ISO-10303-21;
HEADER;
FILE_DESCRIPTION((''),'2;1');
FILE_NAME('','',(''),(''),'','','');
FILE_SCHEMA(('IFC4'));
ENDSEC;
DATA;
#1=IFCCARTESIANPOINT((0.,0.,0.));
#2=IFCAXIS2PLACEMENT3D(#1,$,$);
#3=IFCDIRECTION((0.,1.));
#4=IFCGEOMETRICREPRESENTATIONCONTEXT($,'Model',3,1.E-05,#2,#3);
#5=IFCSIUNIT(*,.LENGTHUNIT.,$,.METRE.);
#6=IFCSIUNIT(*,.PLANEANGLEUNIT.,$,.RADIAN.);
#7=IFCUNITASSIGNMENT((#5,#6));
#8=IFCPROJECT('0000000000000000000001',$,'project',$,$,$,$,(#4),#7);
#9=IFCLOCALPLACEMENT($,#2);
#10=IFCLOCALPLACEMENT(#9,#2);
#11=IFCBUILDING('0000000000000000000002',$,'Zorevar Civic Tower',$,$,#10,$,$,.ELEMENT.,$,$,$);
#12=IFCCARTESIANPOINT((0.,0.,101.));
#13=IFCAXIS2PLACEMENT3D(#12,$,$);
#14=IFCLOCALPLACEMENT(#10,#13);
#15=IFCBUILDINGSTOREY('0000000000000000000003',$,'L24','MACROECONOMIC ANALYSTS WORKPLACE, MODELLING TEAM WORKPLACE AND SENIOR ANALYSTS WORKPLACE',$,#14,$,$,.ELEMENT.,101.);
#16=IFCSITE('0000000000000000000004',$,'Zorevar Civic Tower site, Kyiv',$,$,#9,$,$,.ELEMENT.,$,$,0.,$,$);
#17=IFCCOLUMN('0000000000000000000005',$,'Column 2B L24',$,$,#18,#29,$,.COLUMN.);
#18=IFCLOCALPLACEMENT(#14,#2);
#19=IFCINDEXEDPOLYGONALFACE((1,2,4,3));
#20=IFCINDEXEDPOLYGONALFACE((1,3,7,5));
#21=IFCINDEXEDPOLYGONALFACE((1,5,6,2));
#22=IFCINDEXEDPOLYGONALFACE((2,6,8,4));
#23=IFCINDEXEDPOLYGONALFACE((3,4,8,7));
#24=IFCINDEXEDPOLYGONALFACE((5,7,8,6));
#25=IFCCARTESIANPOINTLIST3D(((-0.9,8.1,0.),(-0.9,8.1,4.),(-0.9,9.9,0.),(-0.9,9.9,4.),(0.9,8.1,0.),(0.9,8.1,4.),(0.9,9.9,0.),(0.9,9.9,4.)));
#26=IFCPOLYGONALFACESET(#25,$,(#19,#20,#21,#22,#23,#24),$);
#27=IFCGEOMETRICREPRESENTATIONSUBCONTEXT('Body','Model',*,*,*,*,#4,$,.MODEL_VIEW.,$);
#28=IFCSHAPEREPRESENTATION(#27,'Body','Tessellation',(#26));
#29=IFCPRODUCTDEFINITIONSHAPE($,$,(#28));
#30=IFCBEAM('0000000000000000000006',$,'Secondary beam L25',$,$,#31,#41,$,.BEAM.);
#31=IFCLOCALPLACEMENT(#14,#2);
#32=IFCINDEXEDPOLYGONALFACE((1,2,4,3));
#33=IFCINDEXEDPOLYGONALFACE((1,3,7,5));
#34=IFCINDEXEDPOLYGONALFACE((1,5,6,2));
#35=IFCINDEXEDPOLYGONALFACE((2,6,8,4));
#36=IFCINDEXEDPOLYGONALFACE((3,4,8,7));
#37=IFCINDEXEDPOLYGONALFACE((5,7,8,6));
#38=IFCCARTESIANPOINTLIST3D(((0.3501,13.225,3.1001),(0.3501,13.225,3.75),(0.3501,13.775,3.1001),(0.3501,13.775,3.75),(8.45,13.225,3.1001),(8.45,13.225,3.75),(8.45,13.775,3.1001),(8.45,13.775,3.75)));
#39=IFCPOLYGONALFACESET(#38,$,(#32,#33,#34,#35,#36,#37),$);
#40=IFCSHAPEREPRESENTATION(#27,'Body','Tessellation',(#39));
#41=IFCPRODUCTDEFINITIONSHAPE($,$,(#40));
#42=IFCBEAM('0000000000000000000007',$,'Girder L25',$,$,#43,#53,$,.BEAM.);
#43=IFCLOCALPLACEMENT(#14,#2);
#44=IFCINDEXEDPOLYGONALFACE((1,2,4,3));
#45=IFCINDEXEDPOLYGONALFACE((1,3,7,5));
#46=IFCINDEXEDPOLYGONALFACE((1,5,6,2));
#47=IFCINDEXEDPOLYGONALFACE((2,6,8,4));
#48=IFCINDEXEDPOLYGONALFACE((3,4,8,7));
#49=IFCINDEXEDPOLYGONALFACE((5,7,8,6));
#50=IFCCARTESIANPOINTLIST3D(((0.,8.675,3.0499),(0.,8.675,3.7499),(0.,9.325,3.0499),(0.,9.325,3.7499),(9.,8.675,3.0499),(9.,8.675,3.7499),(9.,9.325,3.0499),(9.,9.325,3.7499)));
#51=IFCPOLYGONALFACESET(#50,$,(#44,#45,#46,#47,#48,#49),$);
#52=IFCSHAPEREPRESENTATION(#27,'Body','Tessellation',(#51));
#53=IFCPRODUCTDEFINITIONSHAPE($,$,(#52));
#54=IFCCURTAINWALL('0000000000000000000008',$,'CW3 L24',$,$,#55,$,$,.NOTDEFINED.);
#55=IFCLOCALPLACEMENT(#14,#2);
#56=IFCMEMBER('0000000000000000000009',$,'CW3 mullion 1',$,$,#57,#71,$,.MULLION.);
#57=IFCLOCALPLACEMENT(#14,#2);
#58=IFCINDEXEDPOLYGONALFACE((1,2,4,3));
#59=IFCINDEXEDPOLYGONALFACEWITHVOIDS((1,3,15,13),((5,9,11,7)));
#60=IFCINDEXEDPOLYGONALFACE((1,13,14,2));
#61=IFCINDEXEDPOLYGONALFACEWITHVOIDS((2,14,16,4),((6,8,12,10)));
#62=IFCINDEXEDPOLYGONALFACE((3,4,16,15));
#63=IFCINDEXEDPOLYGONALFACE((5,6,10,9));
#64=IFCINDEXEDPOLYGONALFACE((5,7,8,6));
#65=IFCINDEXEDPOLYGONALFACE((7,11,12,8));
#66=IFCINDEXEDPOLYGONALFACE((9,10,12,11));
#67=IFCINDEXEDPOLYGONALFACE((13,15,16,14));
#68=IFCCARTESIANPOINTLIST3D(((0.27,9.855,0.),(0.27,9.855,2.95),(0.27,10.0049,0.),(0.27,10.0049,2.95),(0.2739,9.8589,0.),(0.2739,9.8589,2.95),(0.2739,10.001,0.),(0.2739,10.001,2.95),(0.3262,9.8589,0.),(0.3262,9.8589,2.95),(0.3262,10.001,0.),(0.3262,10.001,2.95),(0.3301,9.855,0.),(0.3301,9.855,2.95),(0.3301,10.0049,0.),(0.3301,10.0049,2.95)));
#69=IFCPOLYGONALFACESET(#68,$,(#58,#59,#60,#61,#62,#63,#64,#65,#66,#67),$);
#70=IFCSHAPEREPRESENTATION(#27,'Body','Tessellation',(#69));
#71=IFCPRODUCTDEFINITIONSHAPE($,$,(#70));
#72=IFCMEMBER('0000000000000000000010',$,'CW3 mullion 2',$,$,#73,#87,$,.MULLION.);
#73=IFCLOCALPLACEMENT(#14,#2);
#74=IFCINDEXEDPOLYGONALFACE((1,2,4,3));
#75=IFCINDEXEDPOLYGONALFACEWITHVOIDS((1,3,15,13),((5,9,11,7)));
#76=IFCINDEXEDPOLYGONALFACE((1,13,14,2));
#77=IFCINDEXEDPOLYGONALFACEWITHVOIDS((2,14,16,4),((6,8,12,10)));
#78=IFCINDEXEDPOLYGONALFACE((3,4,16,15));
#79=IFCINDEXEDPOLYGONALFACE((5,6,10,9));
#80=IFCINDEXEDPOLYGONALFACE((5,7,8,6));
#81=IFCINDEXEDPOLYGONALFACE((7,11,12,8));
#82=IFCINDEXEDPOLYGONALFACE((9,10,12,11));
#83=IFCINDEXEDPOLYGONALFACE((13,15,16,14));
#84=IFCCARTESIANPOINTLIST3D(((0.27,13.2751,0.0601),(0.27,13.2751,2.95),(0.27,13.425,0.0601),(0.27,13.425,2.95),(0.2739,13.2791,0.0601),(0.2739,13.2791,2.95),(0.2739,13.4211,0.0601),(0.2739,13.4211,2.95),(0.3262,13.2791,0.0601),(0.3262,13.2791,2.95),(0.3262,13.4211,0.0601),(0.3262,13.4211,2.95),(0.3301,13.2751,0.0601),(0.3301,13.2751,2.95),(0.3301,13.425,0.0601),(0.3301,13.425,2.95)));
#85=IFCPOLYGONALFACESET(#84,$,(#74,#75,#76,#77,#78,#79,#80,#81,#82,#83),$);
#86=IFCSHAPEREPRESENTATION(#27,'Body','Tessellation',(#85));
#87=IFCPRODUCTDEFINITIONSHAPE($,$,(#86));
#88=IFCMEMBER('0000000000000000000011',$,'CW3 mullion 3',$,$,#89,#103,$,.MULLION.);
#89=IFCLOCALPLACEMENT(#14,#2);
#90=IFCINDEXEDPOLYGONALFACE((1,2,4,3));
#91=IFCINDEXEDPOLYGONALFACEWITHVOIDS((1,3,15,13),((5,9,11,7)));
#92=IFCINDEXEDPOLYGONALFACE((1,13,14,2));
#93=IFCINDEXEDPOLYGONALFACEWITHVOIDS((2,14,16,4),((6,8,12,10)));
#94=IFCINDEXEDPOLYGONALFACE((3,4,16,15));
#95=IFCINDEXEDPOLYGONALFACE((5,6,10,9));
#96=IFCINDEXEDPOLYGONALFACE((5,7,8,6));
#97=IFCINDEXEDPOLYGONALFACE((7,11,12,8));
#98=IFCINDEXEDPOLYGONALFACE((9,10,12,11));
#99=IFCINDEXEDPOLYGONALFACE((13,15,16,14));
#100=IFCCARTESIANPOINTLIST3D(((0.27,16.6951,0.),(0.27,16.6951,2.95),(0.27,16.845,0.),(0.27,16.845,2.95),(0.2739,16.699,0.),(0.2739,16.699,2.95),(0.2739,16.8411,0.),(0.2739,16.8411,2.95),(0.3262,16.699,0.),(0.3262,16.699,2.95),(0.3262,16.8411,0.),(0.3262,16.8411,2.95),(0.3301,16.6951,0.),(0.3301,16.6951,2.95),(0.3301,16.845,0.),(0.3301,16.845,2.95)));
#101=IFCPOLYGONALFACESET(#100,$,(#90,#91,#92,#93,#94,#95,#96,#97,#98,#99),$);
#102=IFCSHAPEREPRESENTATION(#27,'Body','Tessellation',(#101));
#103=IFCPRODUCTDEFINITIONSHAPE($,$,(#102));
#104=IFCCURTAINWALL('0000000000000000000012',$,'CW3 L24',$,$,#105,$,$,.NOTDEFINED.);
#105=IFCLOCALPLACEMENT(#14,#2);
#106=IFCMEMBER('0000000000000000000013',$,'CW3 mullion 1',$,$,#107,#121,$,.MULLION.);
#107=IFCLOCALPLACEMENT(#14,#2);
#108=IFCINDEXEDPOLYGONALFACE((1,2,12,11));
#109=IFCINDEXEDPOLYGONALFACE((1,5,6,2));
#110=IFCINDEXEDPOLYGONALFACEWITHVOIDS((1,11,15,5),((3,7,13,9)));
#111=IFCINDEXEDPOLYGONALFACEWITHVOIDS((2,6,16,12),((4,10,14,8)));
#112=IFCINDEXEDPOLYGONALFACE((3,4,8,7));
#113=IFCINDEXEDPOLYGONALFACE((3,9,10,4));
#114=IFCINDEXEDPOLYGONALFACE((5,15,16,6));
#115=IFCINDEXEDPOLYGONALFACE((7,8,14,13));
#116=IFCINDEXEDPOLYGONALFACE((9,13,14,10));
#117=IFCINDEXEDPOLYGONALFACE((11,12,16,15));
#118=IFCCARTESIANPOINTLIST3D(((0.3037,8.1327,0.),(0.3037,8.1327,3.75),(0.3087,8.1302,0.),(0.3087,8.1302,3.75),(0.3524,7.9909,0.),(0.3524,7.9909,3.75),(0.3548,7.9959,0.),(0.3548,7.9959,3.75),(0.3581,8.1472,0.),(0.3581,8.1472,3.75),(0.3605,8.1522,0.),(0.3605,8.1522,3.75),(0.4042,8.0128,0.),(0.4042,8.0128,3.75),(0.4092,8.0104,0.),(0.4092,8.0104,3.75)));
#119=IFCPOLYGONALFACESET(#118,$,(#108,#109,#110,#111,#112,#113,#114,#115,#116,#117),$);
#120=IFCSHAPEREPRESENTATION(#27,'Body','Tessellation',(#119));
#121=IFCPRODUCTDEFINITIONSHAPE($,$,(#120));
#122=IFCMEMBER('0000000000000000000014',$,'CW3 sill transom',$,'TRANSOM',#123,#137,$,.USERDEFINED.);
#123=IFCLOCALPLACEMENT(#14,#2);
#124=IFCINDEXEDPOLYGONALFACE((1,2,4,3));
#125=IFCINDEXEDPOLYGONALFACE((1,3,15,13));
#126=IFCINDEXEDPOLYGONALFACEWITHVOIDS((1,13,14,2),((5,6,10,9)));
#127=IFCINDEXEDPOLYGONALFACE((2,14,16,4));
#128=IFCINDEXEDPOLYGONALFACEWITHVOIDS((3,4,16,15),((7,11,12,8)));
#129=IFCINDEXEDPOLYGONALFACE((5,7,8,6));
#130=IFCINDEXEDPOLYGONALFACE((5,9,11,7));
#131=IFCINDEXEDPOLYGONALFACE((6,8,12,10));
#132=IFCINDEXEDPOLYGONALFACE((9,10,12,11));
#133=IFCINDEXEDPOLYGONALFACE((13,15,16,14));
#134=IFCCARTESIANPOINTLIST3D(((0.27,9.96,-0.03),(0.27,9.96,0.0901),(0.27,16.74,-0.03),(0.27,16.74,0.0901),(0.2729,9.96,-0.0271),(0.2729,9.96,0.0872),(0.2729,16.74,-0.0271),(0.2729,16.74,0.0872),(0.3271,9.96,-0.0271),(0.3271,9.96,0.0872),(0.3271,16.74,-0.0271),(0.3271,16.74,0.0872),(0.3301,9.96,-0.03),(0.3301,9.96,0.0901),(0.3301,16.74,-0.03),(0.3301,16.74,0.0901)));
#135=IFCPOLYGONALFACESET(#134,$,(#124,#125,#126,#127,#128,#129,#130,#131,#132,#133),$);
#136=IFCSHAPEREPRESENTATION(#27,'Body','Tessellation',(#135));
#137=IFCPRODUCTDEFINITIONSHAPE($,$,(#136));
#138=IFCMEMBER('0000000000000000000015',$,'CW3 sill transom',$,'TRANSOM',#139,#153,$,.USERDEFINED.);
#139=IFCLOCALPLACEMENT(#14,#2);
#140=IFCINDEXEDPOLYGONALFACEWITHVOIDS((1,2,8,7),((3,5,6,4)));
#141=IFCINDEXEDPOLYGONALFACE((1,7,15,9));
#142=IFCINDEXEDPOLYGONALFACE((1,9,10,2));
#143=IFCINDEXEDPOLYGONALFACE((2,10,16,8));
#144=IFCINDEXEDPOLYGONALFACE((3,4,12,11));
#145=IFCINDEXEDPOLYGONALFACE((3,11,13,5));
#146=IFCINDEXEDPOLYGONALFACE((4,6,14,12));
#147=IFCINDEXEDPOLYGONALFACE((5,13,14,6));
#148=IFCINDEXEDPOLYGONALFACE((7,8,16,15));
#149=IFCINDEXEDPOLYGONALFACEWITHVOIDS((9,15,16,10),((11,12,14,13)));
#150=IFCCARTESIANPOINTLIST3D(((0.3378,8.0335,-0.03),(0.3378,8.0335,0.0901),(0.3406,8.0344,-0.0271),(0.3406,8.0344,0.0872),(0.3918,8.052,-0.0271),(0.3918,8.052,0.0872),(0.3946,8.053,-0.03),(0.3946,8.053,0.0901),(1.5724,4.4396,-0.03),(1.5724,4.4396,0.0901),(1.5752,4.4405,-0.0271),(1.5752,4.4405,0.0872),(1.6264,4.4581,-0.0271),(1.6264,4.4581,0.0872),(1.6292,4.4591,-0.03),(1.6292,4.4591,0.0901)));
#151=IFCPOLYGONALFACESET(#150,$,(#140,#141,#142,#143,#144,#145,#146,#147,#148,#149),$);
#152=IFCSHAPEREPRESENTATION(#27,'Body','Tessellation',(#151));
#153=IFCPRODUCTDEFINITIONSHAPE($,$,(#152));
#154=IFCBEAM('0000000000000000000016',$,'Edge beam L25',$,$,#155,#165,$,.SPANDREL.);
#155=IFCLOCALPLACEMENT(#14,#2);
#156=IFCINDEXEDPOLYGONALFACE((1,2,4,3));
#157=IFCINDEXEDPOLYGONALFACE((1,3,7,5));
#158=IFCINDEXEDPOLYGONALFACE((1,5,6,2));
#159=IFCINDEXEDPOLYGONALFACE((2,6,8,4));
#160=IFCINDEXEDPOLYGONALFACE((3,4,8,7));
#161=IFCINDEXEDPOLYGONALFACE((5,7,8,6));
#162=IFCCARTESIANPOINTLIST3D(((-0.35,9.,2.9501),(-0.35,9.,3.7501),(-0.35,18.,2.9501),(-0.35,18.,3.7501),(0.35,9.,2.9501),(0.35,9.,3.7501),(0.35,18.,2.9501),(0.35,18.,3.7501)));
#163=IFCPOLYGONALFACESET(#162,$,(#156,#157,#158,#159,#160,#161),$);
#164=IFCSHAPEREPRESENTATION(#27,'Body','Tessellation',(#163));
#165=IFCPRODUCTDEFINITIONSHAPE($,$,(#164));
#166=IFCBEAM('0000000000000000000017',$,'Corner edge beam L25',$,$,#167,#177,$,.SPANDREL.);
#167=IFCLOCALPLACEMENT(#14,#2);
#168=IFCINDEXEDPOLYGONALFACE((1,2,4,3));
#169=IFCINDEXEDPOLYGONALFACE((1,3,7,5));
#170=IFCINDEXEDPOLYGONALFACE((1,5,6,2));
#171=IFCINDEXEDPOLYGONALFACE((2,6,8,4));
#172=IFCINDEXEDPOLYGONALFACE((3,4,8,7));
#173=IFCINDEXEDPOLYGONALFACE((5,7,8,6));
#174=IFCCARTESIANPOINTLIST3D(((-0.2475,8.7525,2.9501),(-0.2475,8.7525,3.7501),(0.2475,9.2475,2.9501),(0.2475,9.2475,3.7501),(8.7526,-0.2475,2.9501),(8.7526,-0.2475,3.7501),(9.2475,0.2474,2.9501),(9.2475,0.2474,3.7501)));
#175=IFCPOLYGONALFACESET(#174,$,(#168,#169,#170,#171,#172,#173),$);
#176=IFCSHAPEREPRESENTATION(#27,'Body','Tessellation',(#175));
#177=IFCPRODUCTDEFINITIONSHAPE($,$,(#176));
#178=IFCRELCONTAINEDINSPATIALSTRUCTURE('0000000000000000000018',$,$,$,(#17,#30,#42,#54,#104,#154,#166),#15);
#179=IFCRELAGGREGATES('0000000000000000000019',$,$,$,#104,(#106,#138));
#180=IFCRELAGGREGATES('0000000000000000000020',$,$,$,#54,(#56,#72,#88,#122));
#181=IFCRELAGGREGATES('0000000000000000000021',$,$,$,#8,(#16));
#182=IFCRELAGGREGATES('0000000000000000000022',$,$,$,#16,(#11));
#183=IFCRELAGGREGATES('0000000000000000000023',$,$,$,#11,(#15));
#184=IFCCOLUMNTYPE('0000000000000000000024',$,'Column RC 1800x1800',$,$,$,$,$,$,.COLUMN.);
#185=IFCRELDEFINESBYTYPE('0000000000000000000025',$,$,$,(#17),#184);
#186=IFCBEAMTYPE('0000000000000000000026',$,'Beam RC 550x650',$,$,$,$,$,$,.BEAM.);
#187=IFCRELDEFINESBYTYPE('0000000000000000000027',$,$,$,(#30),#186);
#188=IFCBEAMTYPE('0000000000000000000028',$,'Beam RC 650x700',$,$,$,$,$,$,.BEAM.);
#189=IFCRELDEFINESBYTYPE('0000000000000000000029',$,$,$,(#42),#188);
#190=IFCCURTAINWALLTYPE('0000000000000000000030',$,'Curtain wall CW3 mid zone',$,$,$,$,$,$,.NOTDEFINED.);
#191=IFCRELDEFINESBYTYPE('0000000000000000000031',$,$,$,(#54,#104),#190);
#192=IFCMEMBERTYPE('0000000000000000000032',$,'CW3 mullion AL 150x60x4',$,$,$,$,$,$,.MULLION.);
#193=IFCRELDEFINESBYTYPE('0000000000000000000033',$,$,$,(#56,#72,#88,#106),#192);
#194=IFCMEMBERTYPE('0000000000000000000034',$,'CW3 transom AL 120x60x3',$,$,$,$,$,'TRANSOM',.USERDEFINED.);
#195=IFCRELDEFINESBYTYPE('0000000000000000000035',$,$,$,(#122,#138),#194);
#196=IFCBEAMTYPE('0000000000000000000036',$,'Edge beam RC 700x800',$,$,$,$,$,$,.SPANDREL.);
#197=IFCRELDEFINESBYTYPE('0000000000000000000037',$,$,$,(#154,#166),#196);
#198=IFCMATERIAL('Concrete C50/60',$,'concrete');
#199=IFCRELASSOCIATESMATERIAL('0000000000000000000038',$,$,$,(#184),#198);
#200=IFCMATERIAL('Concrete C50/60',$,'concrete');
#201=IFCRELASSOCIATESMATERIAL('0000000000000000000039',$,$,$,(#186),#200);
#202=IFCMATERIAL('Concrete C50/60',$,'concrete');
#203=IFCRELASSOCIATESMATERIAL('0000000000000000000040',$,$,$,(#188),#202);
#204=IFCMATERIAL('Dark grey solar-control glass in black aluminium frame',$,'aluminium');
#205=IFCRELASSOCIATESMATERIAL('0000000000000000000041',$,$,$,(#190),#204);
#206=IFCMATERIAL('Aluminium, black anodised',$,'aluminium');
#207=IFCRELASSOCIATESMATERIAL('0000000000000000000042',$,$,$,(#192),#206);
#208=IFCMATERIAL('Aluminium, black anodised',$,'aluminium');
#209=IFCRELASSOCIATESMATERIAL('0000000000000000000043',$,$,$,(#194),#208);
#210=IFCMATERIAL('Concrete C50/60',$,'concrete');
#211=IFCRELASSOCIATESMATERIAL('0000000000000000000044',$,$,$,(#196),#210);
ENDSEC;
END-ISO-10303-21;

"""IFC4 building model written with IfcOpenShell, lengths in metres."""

from ifc_helpers import new_model, si_unit, direction, frame, origin, origin_2d, place, context, subcontext, project, spatial, rectangle, hollow_rectangle, extrude, material, material_profile, profile_set, type_object, element, aggregate, save


model = new_model("IFC4")

# Units and contexts
model_context = context("Model", 3, precision=1e-05, world=origin(), true_north=direction((0.0, 1.0)))
body_context = subcontext(model_context, "Body", "Model", "MODEL_VIEW")
ifc_project = project(units=[si_unit("LENGTHUNIT", "METRE"), si_unit("PLANEANGLEUNIT", "RADIAN")], contexts=[model_context])

# Site, building, storey
site_placement = place(None, origin())
site = spatial("IfcSite", under=ifc_project, at=site_placement, Name="Zorevar Civic Tower site, Kyiv", CompositionType="ELEMENT", RefElevation=0.0)
building_placement = place(site_placement, origin())
building = spatial("IfcBuilding", under=site, at=building_placement, Name="Zorevar Civic Tower", CompositionType="ELEMENT")
storey_placement = place(building_placement, frame((0.0, 0.0, 101.0)))
storey = spatial("IfcBuildingStorey", under=building, at=storey_placement, Name="L24", Description="MACROECONOMIC ANALYSTS WORKPLACE, MODELLING TEAM WORKPLACE AND SENIOR ANALYSTS WORKPLACE", CompositionType="ELEMENT", Elevation=101.0)

# Column
ifc_material_1 = material(Name="Concrete C50/60", Category="concrete")
ifc_material_profile_1 = material_profile(ifc_material_1, rectangle(XDim=1.8, YDim=1.8, at=origin_2d()), Name="RC 1800x1800")
ifc_profile_set_1 = profile_set([ifc_material_profile_1], Name="Concrete C50/60")
column_type = type_object("IfcColumnType", Name="Column RC 1800x1800", PredefinedType="COLUMN", material=ifc_profile_set_1)
column_placement = place(storey_placement, frame((0.0, 9.0, 0.0), z_axis=(0.0, 0.0, 1.0), x_axis=(1.0, 0.0, 0.0)))
element("IfcColumn", 1, at=column_placement, inside=storey, type_object=column_type, Name="Column 2B L24", PredefinedType="COLUMN", context=body_context, shape_type="SweptSolid", body=[
    extrude(rectangle(XDim=1.8, YDim=1.8, at=origin_2d()), origin(), (0.0, 0.0, 1.0), 4.0),
])

# Beams
ifc_material_2 = material(Name="Concrete C50/60", Category="concrete")
ifc_material_profile_2 = material_profile(ifc_material_2, rectangle(XDim=0.55, YDim=0.6499, at=origin_2d()), Name="RC 550x650")
ifc_profile_set_2 = profile_set([ifc_material_profile_2], Name="Concrete C50/60")
beam_type_1 = type_object("IfcBeamType", Name="Beam RC 550x650", PredefinedType="BEAM", material=ifc_profile_set_2)
beam_1_placement = place(storey_placement, frame((0.3501, 13.5, 3.425), z_axis=(1.0, 0.0, 0.0), x_axis=(0.0, 1.0, 0.0)))
element("IfcBeam", 2, at=beam_1_placement, inside=storey, type_object=beam_type_1, Name="Secondary beam L25", PredefinedType="BEAM", context=body_context, shape_type="SweptSolid", body=[
    extrude(rectangle(XDim=0.55, YDim=0.6499, at=origin_2d()), origin(), (0.0, 0.0, 1.0), 8.0999),
])
ifc_material_3 = material(Name="Concrete C50/60", Category="concrete")
ifc_material_profile_3 = material_profile(ifc_material_3, rectangle(XDim=0.6499, YDim=0.7, at=origin_2d()), Name="RC 650x700")
ifc_profile_set_3 = profile_set([ifc_material_profile_3], Name="Concrete C50/60")
beam_type_2 = type_object("IfcBeamType", Name="Beam RC 650x700", PredefinedType="BEAM", material=ifc_profile_set_3)
beam_2_placement = place(storey_placement, frame((0.0, 9.0, 3.3999), z_axis=(1.0, 0.0, 0.0), x_axis=(0.0, 1.0, 0.0)))
element("IfcBeam", 3, at=beam_2_placement, inside=storey, type_object=beam_type_2, Name="Girder L25", PredefinedType="BEAM", context=body_context, shape_type="SweptSolid", body=[
    extrude(rectangle(XDim=0.6499, YDim=0.7, at=origin_2d()), origin(), (0.0, 0.0, 1.0), 9.0),
])

# Curtain wall, members
ifc_material_4 = material(Name="Dark grey solar-control glass in black aluminium frame", Category="aluminium")
curtain_wall_type = type_object("IfcCurtainWallType", Name="Curtain wall CW3 mid zone", PredefinedType="NOTDEFINED", material=ifc_material_4)
curtain_wall_1_placement = place(storey_placement, origin())
curtain_wall_1 = element("IfcCurtainWall", 4, at=curtain_wall_1_placement, inside=storey, type_object=curtain_wall_type, Name="CW3 L24", PredefinedType="NOTDEFINED")
ifc_material_5 = material(Name="Aluminium, black anodised", Category="aluminium")
ifc_material_profile_4 = material_profile(ifc_material_5, hollow_rectangle(XDim=0.0601, YDim=0.1499, WallThickness=0.0039, at=origin_2d()), Name="AL 150x60x4")
ifc_profile_set_4 = profile_set([ifc_material_profile_4], Name="Aluminium, black anodised")
member_type_1 = type_object("IfcMemberType", Name="CW3 mullion AL 150x60x4", PredefinedType="MULLION", material=ifc_profile_set_4)
member_1_placement = place(storey_placement, frame((0.3, 9.9299, 0.0), z_axis=(0.0, 0.0, 1.0), x_axis=(-1.0, 0.0, 0.0)))
member_1 = element("IfcMember", 5, at=member_1_placement, type_object=member_type_1, Name="CW3 mullion 1", PredefinedType="MULLION", context=body_context, shape_type="SweptSolid", body=[
    extrude(hollow_rectangle(XDim=0.0601, YDim=0.1499, WallThickness=0.0039, at=origin_2d()), origin(), (0.0, 0.0, 1.0), 2.95),
])
member_2_placement = place(storey_placement, frame((0.3, 13.3501, 0.0601), z_axis=(0.0, 0.0, 1.0), x_axis=(-1.0, 0.0, 0.0)))
member_2 = element("IfcMember", 6, at=member_2_placement, type_object=member_type_1, Name="CW3 mullion 2", PredefinedType="MULLION", context=body_context, shape_type="SweptSolid", body=[
    extrude(hollow_rectangle(XDim=0.0601, YDim=0.1499, WallThickness=0.0039, at=origin_2d()), origin(), (0.0, 0.0, 1.0), 2.8899),
])
member_3_placement = place(storey_placement, frame((0.3, 16.77, 0.0), z_axis=(0.0, 0.0, 1.0), x_axis=(-1.0, 0.0, 0.0)))
member_3 = element("IfcMember", 7, at=member_3_placement, type_object=member_type_1, Name="CW3 mullion 3", PredefinedType="MULLION", context=body_context, shape_type="SweptSolid", body=[
    extrude(hollow_rectangle(XDim=0.0601, YDim=0.1499, WallThickness=0.0039, at=origin_2d()), origin(), (0.0, 0.0, 1.0), 2.95),
])

# Curtain wall, member
curtain_wall_2_placement = place(storey_placement, origin())
curtain_wall_2 = element("IfcCurtainWall", 8, at=curtain_wall_2_placement, inside=storey, type_object=curtain_wall_type, Name="CW3 L24", PredefinedType="NOTDEFINED")
member_4_placement = place(storey_placement, frame((0.3564, 8.0715, 0.0), z_axis=(0.0, 0.0, 1.0), x_axis=(0.945756, 0.324878, 0.0)))
member_4 = element("IfcMember", 9, at=member_4_placement, type_object=member_type_1, Name="CW3 mullion 1", PredefinedType="MULLION", context=body_context, shape_type="SweptSolid", body=[
    extrude(hollow_rectangle(XDim=0.0601, YDim=0.1499, WallThickness=0.0039, at=origin_2d()), origin(), (0.0, 0.0, 1.0), 3.75),
])

# Members
ifc_material_6 = material(Name="Aluminium, black anodised", Category="aluminium")
ifc_material_profile_5 = material_profile(ifc_material_6, hollow_rectangle(XDim=0.0601, YDim=0.1201, WallThickness=0.0029, at=origin_2d()), Name="AL 120x60x3")
ifc_profile_set_5 = profile_set([ifc_material_profile_5], Name="Aluminium, black anodised")
member_type_2 = type_object("IfcMemberType", Name="CW3 transom AL 120x60x3", ElementType="TRANSOM", PredefinedType="USERDEFINED", material=ifc_profile_set_5)
member_5_placement = place(storey_placement, frame((0.3, 9.96, 0.03), z_axis=(0.0, 1.0, 0.0), x_axis=(-1.0, 0.0, 0.0)))
member_5 = element("IfcMember", 10, at=member_5_placement, type_object=member_type_2, Name="CW3 sill transom", ObjectType="TRANSOM", PredefinedType="USERDEFINED", context=body_context, shape_type="SweptSolid", body=[
    extrude(hollow_rectangle(XDim=0.0601, YDim=0.1201, WallThickness=0.0029, at=origin_2d()), origin(), (0.0, 0.0, 1.0), 6.78),
])
member_6_placement = place(storey_placement, frame((0.3662, 8.0432, 0.03), z_axis=(0.324888, -0.945753, 0.0), x_axis=(0.945753, 0.324888, 0.0)))
member_6 = element("IfcMember", 11, at=member_6_placement, type_object=member_type_2, Name="CW3 sill transom", ObjectType="TRANSOM", PredefinedType="USERDEFINED", context=body_context, shape_type="SweptSolid", body=[
    extrude(hollow_rectangle(XDim=0.0601, YDim=0.1201, WallThickness=0.0029, at=origin_2d()), origin(), (0.0, 0.0, 1.0), 3.8),
])
aggregate(curtain_wall_2, [member_4, member_6])

# Beams
ifc_material_7 = material(Name="Concrete C50/60", Category="concrete")
ifc_material_profile_6 = material_profile(ifc_material_7, rectangle(XDim=0.7, YDim=0.8, at=origin_2d()), Name="RC 700x800")
ifc_profile_set_6 = profile_set([ifc_material_profile_6], Name="Concrete C50/60")
beam_type_3 = type_object("IfcBeamType", Name="Edge beam RC 700x800", PredefinedType="SPANDREL", material=ifc_profile_set_6)
beam_3_placement = place(storey_placement, frame((0.0, 9.0, 3.3501), z_axis=(0.0, 1.0, 0.0), x_axis=(-1.0, 0.0, 0.0)))
element("IfcBeam", 12, at=beam_3_placement, inside=storey, type_object=beam_type_3, Name="Edge beam L25", PredefinedType="SPANDREL", context=body_context, shape_type="SweptSolid", body=[
    extrude(rectangle(XDim=0.7, YDim=0.8, at=origin_2d()), origin(), (0.0, 0.0, 1.0), 9.0),
])
beam_4_placement = place(storey_placement, frame((0.0, 9.0, 3.3501), z_axis=(0.707107, -0.707107, 0.0), x_axis=(0.707107, 0.707107, 0.0)))
element("IfcBeam", 13, at=beam_4_placement, inside=storey, type_object=beam_type_3, Name="Corner edge beam L25", PredefinedType="SPANDREL", context=body_context, shape_type="SweptSolid", body=[
    extrude(rectangle(XDim=0.7, YDim=0.8, at=origin_2d()), origin(), (0.0, 0.0, 1.0), 12.728),
])

aggregate(curtain_wall_1, [member_1, member_2, member_3, member_5])

save(model, "model.ifc")
